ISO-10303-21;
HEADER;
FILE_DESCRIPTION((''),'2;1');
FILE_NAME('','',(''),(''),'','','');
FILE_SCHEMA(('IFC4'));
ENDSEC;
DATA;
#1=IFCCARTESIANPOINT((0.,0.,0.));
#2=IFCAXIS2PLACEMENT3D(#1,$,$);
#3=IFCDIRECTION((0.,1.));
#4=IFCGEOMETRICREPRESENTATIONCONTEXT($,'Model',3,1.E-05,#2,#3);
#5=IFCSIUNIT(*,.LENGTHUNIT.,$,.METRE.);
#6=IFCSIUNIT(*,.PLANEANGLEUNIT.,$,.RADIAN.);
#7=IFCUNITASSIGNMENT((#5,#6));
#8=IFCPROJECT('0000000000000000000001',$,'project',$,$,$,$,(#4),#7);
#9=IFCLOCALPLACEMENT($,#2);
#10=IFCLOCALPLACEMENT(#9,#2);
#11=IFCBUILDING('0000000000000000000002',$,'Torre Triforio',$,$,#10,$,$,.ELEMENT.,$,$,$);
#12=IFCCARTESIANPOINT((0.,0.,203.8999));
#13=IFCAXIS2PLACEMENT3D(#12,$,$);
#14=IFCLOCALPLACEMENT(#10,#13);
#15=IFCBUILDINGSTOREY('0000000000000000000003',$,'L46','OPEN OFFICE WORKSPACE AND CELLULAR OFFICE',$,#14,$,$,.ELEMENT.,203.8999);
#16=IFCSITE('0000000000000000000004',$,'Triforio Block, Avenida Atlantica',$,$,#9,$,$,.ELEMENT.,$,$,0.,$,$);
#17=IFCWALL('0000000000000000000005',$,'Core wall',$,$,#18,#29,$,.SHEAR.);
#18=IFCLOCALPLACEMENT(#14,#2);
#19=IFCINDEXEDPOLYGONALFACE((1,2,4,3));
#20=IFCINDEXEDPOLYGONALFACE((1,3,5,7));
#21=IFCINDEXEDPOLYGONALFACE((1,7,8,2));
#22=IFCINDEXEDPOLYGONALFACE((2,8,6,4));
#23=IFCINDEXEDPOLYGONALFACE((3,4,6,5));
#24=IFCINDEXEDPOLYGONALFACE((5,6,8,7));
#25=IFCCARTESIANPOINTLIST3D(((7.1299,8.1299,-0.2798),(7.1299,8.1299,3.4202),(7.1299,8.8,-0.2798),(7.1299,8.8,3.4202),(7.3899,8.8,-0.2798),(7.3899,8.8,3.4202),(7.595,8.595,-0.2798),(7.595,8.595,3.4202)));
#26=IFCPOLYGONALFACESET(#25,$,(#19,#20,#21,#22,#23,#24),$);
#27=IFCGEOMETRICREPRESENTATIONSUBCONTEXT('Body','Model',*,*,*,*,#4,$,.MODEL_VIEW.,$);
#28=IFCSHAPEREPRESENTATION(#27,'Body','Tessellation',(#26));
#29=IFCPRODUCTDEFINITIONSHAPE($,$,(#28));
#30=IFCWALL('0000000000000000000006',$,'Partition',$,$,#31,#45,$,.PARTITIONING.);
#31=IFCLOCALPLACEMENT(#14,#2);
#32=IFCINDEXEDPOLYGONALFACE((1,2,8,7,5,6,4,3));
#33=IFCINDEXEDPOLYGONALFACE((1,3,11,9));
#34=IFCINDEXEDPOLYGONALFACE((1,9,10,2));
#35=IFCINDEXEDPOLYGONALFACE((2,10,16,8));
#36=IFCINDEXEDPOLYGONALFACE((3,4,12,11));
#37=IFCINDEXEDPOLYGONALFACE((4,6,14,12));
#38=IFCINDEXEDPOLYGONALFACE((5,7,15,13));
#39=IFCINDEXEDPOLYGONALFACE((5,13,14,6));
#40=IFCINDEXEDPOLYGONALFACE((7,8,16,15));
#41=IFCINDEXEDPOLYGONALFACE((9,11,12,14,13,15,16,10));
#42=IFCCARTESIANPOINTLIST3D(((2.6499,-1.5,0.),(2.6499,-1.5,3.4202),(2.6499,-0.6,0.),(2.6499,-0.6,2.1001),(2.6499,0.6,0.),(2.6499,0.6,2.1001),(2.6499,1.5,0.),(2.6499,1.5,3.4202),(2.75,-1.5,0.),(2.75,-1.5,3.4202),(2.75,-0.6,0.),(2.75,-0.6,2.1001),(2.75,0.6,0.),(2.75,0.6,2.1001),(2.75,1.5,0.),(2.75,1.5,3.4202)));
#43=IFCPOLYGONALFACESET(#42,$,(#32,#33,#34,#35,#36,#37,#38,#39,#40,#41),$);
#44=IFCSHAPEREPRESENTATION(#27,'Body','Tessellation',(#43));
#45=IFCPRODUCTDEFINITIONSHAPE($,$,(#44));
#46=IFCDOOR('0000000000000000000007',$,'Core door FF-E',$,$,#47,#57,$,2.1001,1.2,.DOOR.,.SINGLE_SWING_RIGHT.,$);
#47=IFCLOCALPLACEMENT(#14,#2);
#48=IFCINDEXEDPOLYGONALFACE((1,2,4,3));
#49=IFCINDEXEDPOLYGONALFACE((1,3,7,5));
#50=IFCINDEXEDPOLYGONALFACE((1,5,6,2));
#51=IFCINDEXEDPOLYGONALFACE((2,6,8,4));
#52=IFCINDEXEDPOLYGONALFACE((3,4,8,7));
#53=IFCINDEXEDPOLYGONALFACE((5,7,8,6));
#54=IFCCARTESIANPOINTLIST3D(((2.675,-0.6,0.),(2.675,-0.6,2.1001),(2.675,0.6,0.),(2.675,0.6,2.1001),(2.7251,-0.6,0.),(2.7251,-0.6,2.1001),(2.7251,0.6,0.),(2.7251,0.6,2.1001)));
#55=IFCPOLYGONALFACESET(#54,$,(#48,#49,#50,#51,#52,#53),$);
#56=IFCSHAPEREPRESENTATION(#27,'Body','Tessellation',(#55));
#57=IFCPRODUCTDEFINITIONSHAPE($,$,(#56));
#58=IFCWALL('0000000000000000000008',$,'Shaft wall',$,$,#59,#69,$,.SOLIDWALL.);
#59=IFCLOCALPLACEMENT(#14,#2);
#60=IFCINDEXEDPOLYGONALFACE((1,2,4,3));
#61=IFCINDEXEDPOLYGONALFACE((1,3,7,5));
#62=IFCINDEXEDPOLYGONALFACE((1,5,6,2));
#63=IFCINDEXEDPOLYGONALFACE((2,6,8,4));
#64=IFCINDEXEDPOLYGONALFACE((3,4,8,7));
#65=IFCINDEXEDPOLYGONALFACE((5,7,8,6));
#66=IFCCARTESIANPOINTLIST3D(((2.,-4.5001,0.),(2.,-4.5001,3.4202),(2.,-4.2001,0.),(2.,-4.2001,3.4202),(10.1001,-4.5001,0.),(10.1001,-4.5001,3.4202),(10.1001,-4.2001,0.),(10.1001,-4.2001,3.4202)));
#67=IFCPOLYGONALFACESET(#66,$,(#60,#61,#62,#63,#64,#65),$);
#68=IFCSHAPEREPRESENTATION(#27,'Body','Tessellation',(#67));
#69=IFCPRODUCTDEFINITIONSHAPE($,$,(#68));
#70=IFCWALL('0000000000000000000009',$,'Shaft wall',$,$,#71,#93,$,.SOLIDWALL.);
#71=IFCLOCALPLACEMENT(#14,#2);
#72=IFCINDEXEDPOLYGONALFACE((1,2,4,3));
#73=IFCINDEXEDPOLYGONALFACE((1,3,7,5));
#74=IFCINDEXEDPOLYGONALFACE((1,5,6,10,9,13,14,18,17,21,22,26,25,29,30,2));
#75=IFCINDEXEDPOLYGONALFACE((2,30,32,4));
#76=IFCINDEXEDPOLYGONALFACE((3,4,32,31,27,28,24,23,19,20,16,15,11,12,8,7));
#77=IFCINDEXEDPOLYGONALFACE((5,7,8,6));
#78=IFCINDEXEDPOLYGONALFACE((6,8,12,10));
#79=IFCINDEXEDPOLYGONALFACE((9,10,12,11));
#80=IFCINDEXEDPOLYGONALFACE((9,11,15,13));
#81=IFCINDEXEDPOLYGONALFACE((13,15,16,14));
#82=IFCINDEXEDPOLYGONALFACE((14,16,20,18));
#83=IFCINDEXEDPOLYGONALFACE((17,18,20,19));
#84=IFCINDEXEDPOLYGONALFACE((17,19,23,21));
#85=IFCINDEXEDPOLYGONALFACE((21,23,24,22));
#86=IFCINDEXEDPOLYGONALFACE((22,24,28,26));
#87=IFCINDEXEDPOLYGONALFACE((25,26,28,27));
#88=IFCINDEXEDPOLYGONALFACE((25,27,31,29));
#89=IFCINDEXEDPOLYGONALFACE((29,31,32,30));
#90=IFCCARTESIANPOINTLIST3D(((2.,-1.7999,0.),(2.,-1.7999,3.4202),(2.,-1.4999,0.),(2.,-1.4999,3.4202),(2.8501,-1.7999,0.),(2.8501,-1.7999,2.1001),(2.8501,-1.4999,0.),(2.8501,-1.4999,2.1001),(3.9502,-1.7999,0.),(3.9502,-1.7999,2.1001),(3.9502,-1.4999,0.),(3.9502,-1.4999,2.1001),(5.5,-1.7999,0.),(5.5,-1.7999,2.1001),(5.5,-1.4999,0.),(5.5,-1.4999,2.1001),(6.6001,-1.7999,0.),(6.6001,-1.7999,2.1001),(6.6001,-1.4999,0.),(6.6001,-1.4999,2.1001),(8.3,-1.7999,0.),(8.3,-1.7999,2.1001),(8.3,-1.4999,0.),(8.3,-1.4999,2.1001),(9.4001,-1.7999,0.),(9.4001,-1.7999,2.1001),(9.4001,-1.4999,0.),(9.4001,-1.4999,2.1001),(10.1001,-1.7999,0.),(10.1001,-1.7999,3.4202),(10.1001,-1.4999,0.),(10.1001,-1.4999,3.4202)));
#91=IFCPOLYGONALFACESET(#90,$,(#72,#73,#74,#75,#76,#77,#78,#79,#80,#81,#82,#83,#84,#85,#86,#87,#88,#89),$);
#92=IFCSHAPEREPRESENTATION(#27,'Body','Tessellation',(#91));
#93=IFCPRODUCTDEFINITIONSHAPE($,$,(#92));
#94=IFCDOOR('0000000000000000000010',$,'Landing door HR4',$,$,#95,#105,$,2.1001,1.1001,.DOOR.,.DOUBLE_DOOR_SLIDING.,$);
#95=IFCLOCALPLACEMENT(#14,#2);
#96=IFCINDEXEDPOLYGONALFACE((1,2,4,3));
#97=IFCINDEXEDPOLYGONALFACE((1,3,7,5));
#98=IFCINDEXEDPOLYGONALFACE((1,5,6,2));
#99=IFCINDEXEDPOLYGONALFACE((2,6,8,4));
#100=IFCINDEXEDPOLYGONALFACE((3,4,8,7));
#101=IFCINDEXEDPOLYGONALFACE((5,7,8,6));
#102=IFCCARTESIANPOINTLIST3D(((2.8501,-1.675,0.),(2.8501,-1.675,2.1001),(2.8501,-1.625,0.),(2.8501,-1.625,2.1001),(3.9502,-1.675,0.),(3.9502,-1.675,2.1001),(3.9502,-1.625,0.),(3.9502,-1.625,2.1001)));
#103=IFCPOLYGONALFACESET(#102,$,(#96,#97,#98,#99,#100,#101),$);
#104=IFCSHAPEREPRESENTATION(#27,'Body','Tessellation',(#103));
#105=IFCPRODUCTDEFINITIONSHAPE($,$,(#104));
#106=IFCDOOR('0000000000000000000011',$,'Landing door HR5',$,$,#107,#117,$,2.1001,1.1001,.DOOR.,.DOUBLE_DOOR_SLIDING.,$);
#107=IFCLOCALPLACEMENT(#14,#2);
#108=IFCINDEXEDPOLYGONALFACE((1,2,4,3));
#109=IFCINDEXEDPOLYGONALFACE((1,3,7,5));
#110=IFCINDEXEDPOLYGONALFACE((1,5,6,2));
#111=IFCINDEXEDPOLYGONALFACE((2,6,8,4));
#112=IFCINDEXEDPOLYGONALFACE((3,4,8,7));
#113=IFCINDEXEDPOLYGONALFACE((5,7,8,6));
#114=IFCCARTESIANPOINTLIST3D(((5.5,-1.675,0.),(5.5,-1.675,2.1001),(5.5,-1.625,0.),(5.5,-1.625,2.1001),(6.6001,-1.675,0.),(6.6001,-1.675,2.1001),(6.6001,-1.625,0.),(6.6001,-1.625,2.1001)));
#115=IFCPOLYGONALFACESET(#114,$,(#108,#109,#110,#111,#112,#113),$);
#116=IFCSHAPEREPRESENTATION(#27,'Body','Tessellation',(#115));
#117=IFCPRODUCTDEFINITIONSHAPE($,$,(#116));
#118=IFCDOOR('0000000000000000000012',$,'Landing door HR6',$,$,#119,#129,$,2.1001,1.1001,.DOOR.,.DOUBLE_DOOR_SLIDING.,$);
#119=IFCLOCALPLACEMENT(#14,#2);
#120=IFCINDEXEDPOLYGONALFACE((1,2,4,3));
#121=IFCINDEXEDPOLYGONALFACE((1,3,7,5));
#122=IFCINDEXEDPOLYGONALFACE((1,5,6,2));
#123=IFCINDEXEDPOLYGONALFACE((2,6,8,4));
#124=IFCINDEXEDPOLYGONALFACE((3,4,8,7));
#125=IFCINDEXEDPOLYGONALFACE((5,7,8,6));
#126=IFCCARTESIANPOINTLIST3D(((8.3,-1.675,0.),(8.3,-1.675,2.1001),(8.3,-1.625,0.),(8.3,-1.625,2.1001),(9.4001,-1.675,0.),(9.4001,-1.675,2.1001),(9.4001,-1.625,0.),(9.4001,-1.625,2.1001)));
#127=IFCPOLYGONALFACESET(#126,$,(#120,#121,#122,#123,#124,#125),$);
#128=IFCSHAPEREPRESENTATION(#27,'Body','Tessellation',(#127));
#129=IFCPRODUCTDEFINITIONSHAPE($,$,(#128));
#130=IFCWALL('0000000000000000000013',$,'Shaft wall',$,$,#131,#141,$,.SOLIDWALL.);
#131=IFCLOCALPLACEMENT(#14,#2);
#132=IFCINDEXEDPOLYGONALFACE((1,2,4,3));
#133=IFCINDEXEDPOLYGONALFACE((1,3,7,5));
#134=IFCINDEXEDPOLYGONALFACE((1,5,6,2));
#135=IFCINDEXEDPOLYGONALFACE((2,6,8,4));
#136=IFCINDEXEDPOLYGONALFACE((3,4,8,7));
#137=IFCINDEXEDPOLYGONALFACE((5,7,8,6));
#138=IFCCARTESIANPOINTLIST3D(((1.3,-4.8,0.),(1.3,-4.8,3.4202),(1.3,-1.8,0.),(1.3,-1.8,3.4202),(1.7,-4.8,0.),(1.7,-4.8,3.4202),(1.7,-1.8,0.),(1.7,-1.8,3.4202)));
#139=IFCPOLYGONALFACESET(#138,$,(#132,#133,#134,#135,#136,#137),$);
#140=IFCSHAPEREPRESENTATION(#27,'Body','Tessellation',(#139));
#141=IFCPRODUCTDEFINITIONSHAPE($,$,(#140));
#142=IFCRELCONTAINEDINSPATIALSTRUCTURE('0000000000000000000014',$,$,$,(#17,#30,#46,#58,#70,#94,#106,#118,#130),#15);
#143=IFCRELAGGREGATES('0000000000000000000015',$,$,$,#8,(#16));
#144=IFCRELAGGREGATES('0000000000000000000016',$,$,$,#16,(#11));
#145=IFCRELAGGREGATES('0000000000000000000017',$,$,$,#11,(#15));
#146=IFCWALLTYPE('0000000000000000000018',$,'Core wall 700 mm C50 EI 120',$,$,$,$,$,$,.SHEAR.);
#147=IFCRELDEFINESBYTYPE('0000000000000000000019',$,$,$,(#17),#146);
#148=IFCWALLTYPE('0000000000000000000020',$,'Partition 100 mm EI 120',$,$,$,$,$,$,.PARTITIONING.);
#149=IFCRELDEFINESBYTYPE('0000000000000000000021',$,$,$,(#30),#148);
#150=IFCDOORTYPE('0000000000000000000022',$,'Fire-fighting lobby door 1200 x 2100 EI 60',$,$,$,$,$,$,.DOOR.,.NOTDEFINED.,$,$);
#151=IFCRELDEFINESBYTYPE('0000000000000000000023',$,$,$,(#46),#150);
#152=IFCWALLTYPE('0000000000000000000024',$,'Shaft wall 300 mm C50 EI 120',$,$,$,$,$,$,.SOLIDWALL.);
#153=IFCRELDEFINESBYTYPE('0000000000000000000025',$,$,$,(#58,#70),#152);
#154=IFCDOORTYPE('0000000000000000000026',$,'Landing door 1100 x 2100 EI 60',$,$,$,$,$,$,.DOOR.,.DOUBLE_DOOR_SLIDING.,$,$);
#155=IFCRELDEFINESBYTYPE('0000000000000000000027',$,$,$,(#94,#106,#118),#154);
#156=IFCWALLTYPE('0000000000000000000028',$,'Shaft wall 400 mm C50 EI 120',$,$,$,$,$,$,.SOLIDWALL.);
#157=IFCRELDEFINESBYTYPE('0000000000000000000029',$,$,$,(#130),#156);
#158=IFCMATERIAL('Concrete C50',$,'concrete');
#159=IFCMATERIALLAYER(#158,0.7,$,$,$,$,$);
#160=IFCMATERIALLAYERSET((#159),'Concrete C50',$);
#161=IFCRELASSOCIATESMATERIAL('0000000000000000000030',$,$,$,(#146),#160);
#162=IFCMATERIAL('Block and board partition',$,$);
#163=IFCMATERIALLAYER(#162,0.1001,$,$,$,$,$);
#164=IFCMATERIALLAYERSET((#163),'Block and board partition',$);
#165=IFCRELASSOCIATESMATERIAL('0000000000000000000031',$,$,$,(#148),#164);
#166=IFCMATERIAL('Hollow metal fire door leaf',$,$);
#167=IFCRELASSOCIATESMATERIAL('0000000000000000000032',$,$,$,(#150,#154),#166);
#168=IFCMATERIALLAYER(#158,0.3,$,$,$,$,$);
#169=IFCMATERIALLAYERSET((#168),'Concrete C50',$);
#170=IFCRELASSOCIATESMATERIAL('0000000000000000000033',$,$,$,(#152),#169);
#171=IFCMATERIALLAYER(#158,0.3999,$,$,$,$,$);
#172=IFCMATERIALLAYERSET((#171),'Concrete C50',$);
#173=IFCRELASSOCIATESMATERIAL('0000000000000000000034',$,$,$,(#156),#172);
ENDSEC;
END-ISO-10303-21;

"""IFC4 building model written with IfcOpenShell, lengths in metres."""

from ifc_helpers import new_model, si_unit, direction, frame, frame_2d, origin, place, context, subcontext, project, spatial, polyline, rectangle, outline, extrude, material, layer, layer_set, type_object, element, fill, save


model = new_model("IFC4")

# Units and contexts
model_context = context("Model", 3, precision=1e-05, world=origin(), true_north=direction((0.0, 1.0)))
body_context = subcontext(model_context, "Body", "Model", "MODEL_VIEW")
ifc_project = project(units=[si_unit("LENGTHUNIT", "METRE"), si_unit("PLANEANGLEUNIT", "RADIAN")], contexts=[model_context])

# Site, building, storey
site_placement = place(None, origin())
site = spatial("IfcSite", under=ifc_project, at=site_placement, Name="Triforio Block, Avenida Atlantica", CompositionType="ELEMENT", RefElevation=0.0)
building_placement = place(site_placement, origin())
building = spatial("IfcBuilding", under=site, at=building_placement, Name="Torre Triforio", CompositionType="ELEMENT")
storey_placement = place(building_placement, frame((0.0, 0.0, 203.8999)))
storey = spatial("IfcBuildingStorey", under=building, at=storey_placement, Name="L46", Description="OPEN OFFICE WORKSPACE AND CELLULAR OFFICE", CompositionType="ELEMENT", Elevation=203.8999)

# Shared definitions
ifc_material_1 = material(Name="Concrete C50", Category="concrete")

# Wall
ifc_layer_1 = layer(ifc_material_1, 0.7)
ifc_layer_set_1 = layer_set([ifc_layer_1], Name="Concrete C50")
wall_type_1 = type_object("IfcWallType", Name="Core wall 700 mm C50 EI 120", PredefinedType="SHEAR", material=ifc_layer_set_1)
wall_1_placement = place(storey_placement, frame((0.0, 0.0, -0.2798)))
element("IfcWall", 1, at=wall_1_placement, inside=storey, type_object=wall_type_1, Name="Core wall", PredefinedType="SHEAR", context=body_context, shape_type="SweptSolid", body=[
    extrude(outline(polyline([(7.3899, 8.8), (7.595, 8.595), (7.595, 8.595), (7.595, 8.595), (7.1299, 8.1299), (7.1299, 8.8), (7.1299, 8.8), (7.3899, 8.8)])), origin(), (0.0, 0.0, 1.0), 3.7),
])

# Wall, opening, door
ifc_material_2 = material(Name="Block and board partition")
ifc_layer_2 = layer(ifc_material_2, 0.1001)
ifc_layer_set_2 = layer_set([ifc_layer_2], Name="Block and board partition")
wall_type_2 = type_object("IfcWallType", Name="Partition 100 mm EI 120", PredefinedType="PARTITIONING", material=ifc_layer_set_2)
wall_2_placement = place(storey_placement, frame((2.7, -1.5, 0.0), z_axis=(0.0, 0.0, 1.0), x_axis=(0.0, 1.0, 0.0)))
wall_2 = element("IfcWall", 2, at=wall_2_placement, inside=storey, type_object=wall_type_2, Name="Partition", PredefinedType="PARTITIONING", context=body_context, shape_type="SweptSolid", body=[
    extrude(rectangle(XDim=3.0, YDim=0.1001, at=frame_2d((1.5, 0.0))), origin(), (0.0, 0.0, 1.0), 3.4202),
])
opening_1_placement = place(wall_2_placement, frame((0.8999, 0.0, 0.0)))
opening_1 = element("IfcOpeningElement", 3, at=opening_1_placement, cuts=wall_2, PredefinedType="OPENING", context=body_context, shape_type="SweptSolid", body=[
    extrude(rectangle(XDim=1.2, YDim=2.1001, at=frame_2d((0.6001, 1.05))), frame((0.0, 0.0601, 0.0), z_axis=(0.0, -1.0, 0.0), x_axis=(1.0, 0.0, 0.0)), (0.0, 0.0, 1.0), 0.1201),
])
ifc_material_3 = material(Name="Hollow metal fire door leaf")
door_type_1 = type_object("IfcDoorType", Name="Fire-fighting lobby door 1200 x 2100 EI 60", OperationType="NOTDEFINED", PredefinedType="DOOR", material=ifc_material_3)
door_1_placement = place(opening_1_placement, origin())
door_1 = element("IfcDoor", 4, at=door_1_placement, inside=storey, type_object=door_type_1, Name="Core door FF-E", OperationType="SINGLE_SWING_RIGHT", OverallHeight=2.1001, OverallWidth=1.2, PredefinedType="DOOR", context=body_context, shape_type="SweptSolid", body=[
    extrude(rectangle(XDim=1.2, YDim=2.1001, at=frame_2d((0.6001, 1.05))), frame((0.0, 0.0249, 0.0), z_axis=(0.0, -1.0, 0.0), x_axis=(1.0, 0.0, 0.0)), (0.0, 0.0, 1.0), 0.05),
])
fill(opening_1, door_1)

# Wall
ifc_layer_3 = layer(ifc_material_1, 0.3)
ifc_layer_set_3 = layer_set([ifc_layer_3], Name="Concrete C50")
wall_type_3 = type_object("IfcWallType", Name="Shaft wall 300 mm C50 EI 120", PredefinedType="SOLIDWALL", material=ifc_layer_set_3)
wall_3_placement = place(storey_placement, frame((2.0, -4.3501, 0.0), z_axis=(0.0, 0.0, 1.0), x_axis=(1.0, 0.0, 0.0)))
element("IfcWall", 5, at=wall_3_placement, inside=storey, type_object=wall_type_3, Name="Shaft wall", PredefinedType="SOLIDWALL", context=body_context, shape_type="SweptSolid", body=[
    extrude(rectangle(XDim=8.1001, YDim=0.3, at=frame_2d((4.05, 0.0))), origin(), (0.0, 0.0, 1.0), 3.4202),
])

# Wall, openings, doors
wall_4_placement = place(storey_placement, frame((2.0, -1.6499, 0.0), z_axis=(0.0, 0.0, 1.0), x_axis=(1.0, 0.0, 0.0)))
wall_4 = element("IfcWall", 6, at=wall_4_placement, inside=storey, type_object=wall_type_3, Name="Shaft wall", PredefinedType="SOLIDWALL", context=body_context, shape_type="SweptSolid", body=[
    extrude(rectangle(XDim=8.1001, YDim=0.3, at=frame_2d((4.05, 0.0))), origin(), (0.0, 0.0, 1.0), 3.4202),
])
opening_2_placement = place(wall_4_placement, frame((0.8501, 0.0, 0.0)))
opening_2 = element("IfcOpeningElement", 7, at=opening_2_placement, cuts=wall_4, PredefinedType="OPENING", context=body_context, shape_type="SweptSolid", body=[
    extrude(rectangle(XDim=1.1001, YDim=2.1001, at=frame_2d((0.55, 1.05))), frame((0.0, 0.1599, 0.0), z_axis=(0.0, -1.0, 0.0), x_axis=(1.0, 0.0, 0.0)), (0.0, 0.0, 1.0), 0.3201),
])
opening_3_placement = place(wall_4_placement, frame((3.5, 0.0, 0.0)))
opening_3 = element("IfcOpeningElement", 8, at=opening_3_placement, cuts=wall_4, PredefinedType="OPENING", context=body_context, shape_type="SweptSolid", body=[
    extrude(rectangle(XDim=1.1001, YDim=2.1001, at=frame_2d((0.55, 1.05))), frame((0.0, 0.1599, 0.0), z_axis=(0.0, -1.0, 0.0), x_axis=(1.0, 0.0, 0.0)), (0.0, 0.0, 1.0), 0.3201),
])
opening_4_placement = place(wall_4_placement, frame((6.3, 0.0, 0.0)))
opening_4 = element("IfcOpeningElement", 9, at=opening_4_placement, cuts=wall_4, PredefinedType="OPENING", context=body_context, shape_type="SweptSolid", body=[
    extrude(rectangle(XDim=1.1001, YDim=2.1001, at=frame_2d((0.55, 1.05))), frame((0.0, 0.1599, 0.0), z_axis=(0.0, -1.0, 0.0), x_axis=(1.0, 0.0, 0.0)), (0.0, 0.0, 1.0), 0.3201),
])
door_type_2 = type_object("IfcDoorType", Name="Landing door 1100 x 2100 EI 60", OperationType="DOUBLE_DOOR_SLIDING", PredefinedType="DOOR", material=ifc_material_3)
door_2_placement = place(opening_2_placement, origin())
door_2 = element("IfcDoor", 10, at=door_2_placement, inside=storey, type_object=door_type_2, Name="Landing door HR4", OperationType="DOUBLE_DOOR_SLIDING", OverallHeight=2.1001, OverallWidth=1.1001, PredefinedType="DOOR", context=body_context, shape_type="SweptSolid", body=[
    extrude(rectangle(XDim=1.1001, YDim=2.1001, at=frame_2d((0.55, 1.05))), frame((0.0, 0.0249, 0.0), z_axis=(0.0, -1.0, 0.0), x_axis=(1.0, 0.0, 0.0)), (0.0, 0.0, 1.0), 0.05),
])
fill(opening_2, door_2)
door_3_placement = place(opening_3_placement, origin())
door_3 = element("IfcDoor", 11, at=door_3_placement, inside=storey, type_object=door_type_2, Name="Landing door HR5", OperationType="DOUBLE_DOOR_SLIDING", OverallHeight=2.1001, OverallWidth=1.1001, PredefinedType="DOOR", context=body_context, shape_type="SweptSolid", body=[
    extrude(rectangle(XDim=1.1001, YDim=2.1001, at=frame_2d((0.55, 1.05))), frame((0.0, 0.0249, 0.0), z_axis=(0.0, -1.0, 0.0), x_axis=(1.0, 0.0, 0.0)), (0.0, 0.0, 1.0), 0.05),
])
fill(opening_3, door_3)
door_4_placement = place(opening_4_placement, origin())
door_4 = element("IfcDoor", 12, at=door_4_placement, inside=storey, type_object=door_type_2, Name="Landing door HR6", OperationType="DOUBLE_DOOR_SLIDING", OverallHeight=2.1001, OverallWidth=1.1001, PredefinedType="DOOR", context=body_context, shape_type="SweptSolid", body=[
    extrude(rectangle(XDim=1.1001, YDim=2.1001, at=frame_2d((0.55, 1.05))), frame((0.0, 0.0249, 0.0), z_axis=(0.0, -1.0, 0.0), x_axis=(1.0, 0.0, 0.0)), (0.0, 0.0, 1.0), 0.05),
])
fill(opening_4, door_4)

# Wall
ifc_layer_4 = layer(ifc_material_1, 0.3999)
ifc_layer_set_4 = layer_set([ifc_layer_4], Name="Concrete C50")
wall_type_4 = type_object("IfcWallType", Name="Shaft wall 400 mm C50 EI 120", PredefinedType="SOLIDWALL", material=ifc_layer_set_4)
wall_5_placement = place(storey_placement, frame((1.5, -4.8, 0.0), z_axis=(0.0, 0.0, 1.0), x_axis=(0.0, 1.0, 0.0)))
element("IfcWall", 13, at=wall_5_placement, inside=storey, type_object=wall_type_4, Name="Shaft wall", PredefinedType="SOLIDWALL", context=body_context, shape_type="SweptSolid", body=[
    extrude(rectangle(XDim=3.0, YDim=0.3999, at=frame_2d((1.5, 0.0))), origin(), (0.0, 0.0, 1.0), 3.4202),
])

save(model, "model.ifc")
